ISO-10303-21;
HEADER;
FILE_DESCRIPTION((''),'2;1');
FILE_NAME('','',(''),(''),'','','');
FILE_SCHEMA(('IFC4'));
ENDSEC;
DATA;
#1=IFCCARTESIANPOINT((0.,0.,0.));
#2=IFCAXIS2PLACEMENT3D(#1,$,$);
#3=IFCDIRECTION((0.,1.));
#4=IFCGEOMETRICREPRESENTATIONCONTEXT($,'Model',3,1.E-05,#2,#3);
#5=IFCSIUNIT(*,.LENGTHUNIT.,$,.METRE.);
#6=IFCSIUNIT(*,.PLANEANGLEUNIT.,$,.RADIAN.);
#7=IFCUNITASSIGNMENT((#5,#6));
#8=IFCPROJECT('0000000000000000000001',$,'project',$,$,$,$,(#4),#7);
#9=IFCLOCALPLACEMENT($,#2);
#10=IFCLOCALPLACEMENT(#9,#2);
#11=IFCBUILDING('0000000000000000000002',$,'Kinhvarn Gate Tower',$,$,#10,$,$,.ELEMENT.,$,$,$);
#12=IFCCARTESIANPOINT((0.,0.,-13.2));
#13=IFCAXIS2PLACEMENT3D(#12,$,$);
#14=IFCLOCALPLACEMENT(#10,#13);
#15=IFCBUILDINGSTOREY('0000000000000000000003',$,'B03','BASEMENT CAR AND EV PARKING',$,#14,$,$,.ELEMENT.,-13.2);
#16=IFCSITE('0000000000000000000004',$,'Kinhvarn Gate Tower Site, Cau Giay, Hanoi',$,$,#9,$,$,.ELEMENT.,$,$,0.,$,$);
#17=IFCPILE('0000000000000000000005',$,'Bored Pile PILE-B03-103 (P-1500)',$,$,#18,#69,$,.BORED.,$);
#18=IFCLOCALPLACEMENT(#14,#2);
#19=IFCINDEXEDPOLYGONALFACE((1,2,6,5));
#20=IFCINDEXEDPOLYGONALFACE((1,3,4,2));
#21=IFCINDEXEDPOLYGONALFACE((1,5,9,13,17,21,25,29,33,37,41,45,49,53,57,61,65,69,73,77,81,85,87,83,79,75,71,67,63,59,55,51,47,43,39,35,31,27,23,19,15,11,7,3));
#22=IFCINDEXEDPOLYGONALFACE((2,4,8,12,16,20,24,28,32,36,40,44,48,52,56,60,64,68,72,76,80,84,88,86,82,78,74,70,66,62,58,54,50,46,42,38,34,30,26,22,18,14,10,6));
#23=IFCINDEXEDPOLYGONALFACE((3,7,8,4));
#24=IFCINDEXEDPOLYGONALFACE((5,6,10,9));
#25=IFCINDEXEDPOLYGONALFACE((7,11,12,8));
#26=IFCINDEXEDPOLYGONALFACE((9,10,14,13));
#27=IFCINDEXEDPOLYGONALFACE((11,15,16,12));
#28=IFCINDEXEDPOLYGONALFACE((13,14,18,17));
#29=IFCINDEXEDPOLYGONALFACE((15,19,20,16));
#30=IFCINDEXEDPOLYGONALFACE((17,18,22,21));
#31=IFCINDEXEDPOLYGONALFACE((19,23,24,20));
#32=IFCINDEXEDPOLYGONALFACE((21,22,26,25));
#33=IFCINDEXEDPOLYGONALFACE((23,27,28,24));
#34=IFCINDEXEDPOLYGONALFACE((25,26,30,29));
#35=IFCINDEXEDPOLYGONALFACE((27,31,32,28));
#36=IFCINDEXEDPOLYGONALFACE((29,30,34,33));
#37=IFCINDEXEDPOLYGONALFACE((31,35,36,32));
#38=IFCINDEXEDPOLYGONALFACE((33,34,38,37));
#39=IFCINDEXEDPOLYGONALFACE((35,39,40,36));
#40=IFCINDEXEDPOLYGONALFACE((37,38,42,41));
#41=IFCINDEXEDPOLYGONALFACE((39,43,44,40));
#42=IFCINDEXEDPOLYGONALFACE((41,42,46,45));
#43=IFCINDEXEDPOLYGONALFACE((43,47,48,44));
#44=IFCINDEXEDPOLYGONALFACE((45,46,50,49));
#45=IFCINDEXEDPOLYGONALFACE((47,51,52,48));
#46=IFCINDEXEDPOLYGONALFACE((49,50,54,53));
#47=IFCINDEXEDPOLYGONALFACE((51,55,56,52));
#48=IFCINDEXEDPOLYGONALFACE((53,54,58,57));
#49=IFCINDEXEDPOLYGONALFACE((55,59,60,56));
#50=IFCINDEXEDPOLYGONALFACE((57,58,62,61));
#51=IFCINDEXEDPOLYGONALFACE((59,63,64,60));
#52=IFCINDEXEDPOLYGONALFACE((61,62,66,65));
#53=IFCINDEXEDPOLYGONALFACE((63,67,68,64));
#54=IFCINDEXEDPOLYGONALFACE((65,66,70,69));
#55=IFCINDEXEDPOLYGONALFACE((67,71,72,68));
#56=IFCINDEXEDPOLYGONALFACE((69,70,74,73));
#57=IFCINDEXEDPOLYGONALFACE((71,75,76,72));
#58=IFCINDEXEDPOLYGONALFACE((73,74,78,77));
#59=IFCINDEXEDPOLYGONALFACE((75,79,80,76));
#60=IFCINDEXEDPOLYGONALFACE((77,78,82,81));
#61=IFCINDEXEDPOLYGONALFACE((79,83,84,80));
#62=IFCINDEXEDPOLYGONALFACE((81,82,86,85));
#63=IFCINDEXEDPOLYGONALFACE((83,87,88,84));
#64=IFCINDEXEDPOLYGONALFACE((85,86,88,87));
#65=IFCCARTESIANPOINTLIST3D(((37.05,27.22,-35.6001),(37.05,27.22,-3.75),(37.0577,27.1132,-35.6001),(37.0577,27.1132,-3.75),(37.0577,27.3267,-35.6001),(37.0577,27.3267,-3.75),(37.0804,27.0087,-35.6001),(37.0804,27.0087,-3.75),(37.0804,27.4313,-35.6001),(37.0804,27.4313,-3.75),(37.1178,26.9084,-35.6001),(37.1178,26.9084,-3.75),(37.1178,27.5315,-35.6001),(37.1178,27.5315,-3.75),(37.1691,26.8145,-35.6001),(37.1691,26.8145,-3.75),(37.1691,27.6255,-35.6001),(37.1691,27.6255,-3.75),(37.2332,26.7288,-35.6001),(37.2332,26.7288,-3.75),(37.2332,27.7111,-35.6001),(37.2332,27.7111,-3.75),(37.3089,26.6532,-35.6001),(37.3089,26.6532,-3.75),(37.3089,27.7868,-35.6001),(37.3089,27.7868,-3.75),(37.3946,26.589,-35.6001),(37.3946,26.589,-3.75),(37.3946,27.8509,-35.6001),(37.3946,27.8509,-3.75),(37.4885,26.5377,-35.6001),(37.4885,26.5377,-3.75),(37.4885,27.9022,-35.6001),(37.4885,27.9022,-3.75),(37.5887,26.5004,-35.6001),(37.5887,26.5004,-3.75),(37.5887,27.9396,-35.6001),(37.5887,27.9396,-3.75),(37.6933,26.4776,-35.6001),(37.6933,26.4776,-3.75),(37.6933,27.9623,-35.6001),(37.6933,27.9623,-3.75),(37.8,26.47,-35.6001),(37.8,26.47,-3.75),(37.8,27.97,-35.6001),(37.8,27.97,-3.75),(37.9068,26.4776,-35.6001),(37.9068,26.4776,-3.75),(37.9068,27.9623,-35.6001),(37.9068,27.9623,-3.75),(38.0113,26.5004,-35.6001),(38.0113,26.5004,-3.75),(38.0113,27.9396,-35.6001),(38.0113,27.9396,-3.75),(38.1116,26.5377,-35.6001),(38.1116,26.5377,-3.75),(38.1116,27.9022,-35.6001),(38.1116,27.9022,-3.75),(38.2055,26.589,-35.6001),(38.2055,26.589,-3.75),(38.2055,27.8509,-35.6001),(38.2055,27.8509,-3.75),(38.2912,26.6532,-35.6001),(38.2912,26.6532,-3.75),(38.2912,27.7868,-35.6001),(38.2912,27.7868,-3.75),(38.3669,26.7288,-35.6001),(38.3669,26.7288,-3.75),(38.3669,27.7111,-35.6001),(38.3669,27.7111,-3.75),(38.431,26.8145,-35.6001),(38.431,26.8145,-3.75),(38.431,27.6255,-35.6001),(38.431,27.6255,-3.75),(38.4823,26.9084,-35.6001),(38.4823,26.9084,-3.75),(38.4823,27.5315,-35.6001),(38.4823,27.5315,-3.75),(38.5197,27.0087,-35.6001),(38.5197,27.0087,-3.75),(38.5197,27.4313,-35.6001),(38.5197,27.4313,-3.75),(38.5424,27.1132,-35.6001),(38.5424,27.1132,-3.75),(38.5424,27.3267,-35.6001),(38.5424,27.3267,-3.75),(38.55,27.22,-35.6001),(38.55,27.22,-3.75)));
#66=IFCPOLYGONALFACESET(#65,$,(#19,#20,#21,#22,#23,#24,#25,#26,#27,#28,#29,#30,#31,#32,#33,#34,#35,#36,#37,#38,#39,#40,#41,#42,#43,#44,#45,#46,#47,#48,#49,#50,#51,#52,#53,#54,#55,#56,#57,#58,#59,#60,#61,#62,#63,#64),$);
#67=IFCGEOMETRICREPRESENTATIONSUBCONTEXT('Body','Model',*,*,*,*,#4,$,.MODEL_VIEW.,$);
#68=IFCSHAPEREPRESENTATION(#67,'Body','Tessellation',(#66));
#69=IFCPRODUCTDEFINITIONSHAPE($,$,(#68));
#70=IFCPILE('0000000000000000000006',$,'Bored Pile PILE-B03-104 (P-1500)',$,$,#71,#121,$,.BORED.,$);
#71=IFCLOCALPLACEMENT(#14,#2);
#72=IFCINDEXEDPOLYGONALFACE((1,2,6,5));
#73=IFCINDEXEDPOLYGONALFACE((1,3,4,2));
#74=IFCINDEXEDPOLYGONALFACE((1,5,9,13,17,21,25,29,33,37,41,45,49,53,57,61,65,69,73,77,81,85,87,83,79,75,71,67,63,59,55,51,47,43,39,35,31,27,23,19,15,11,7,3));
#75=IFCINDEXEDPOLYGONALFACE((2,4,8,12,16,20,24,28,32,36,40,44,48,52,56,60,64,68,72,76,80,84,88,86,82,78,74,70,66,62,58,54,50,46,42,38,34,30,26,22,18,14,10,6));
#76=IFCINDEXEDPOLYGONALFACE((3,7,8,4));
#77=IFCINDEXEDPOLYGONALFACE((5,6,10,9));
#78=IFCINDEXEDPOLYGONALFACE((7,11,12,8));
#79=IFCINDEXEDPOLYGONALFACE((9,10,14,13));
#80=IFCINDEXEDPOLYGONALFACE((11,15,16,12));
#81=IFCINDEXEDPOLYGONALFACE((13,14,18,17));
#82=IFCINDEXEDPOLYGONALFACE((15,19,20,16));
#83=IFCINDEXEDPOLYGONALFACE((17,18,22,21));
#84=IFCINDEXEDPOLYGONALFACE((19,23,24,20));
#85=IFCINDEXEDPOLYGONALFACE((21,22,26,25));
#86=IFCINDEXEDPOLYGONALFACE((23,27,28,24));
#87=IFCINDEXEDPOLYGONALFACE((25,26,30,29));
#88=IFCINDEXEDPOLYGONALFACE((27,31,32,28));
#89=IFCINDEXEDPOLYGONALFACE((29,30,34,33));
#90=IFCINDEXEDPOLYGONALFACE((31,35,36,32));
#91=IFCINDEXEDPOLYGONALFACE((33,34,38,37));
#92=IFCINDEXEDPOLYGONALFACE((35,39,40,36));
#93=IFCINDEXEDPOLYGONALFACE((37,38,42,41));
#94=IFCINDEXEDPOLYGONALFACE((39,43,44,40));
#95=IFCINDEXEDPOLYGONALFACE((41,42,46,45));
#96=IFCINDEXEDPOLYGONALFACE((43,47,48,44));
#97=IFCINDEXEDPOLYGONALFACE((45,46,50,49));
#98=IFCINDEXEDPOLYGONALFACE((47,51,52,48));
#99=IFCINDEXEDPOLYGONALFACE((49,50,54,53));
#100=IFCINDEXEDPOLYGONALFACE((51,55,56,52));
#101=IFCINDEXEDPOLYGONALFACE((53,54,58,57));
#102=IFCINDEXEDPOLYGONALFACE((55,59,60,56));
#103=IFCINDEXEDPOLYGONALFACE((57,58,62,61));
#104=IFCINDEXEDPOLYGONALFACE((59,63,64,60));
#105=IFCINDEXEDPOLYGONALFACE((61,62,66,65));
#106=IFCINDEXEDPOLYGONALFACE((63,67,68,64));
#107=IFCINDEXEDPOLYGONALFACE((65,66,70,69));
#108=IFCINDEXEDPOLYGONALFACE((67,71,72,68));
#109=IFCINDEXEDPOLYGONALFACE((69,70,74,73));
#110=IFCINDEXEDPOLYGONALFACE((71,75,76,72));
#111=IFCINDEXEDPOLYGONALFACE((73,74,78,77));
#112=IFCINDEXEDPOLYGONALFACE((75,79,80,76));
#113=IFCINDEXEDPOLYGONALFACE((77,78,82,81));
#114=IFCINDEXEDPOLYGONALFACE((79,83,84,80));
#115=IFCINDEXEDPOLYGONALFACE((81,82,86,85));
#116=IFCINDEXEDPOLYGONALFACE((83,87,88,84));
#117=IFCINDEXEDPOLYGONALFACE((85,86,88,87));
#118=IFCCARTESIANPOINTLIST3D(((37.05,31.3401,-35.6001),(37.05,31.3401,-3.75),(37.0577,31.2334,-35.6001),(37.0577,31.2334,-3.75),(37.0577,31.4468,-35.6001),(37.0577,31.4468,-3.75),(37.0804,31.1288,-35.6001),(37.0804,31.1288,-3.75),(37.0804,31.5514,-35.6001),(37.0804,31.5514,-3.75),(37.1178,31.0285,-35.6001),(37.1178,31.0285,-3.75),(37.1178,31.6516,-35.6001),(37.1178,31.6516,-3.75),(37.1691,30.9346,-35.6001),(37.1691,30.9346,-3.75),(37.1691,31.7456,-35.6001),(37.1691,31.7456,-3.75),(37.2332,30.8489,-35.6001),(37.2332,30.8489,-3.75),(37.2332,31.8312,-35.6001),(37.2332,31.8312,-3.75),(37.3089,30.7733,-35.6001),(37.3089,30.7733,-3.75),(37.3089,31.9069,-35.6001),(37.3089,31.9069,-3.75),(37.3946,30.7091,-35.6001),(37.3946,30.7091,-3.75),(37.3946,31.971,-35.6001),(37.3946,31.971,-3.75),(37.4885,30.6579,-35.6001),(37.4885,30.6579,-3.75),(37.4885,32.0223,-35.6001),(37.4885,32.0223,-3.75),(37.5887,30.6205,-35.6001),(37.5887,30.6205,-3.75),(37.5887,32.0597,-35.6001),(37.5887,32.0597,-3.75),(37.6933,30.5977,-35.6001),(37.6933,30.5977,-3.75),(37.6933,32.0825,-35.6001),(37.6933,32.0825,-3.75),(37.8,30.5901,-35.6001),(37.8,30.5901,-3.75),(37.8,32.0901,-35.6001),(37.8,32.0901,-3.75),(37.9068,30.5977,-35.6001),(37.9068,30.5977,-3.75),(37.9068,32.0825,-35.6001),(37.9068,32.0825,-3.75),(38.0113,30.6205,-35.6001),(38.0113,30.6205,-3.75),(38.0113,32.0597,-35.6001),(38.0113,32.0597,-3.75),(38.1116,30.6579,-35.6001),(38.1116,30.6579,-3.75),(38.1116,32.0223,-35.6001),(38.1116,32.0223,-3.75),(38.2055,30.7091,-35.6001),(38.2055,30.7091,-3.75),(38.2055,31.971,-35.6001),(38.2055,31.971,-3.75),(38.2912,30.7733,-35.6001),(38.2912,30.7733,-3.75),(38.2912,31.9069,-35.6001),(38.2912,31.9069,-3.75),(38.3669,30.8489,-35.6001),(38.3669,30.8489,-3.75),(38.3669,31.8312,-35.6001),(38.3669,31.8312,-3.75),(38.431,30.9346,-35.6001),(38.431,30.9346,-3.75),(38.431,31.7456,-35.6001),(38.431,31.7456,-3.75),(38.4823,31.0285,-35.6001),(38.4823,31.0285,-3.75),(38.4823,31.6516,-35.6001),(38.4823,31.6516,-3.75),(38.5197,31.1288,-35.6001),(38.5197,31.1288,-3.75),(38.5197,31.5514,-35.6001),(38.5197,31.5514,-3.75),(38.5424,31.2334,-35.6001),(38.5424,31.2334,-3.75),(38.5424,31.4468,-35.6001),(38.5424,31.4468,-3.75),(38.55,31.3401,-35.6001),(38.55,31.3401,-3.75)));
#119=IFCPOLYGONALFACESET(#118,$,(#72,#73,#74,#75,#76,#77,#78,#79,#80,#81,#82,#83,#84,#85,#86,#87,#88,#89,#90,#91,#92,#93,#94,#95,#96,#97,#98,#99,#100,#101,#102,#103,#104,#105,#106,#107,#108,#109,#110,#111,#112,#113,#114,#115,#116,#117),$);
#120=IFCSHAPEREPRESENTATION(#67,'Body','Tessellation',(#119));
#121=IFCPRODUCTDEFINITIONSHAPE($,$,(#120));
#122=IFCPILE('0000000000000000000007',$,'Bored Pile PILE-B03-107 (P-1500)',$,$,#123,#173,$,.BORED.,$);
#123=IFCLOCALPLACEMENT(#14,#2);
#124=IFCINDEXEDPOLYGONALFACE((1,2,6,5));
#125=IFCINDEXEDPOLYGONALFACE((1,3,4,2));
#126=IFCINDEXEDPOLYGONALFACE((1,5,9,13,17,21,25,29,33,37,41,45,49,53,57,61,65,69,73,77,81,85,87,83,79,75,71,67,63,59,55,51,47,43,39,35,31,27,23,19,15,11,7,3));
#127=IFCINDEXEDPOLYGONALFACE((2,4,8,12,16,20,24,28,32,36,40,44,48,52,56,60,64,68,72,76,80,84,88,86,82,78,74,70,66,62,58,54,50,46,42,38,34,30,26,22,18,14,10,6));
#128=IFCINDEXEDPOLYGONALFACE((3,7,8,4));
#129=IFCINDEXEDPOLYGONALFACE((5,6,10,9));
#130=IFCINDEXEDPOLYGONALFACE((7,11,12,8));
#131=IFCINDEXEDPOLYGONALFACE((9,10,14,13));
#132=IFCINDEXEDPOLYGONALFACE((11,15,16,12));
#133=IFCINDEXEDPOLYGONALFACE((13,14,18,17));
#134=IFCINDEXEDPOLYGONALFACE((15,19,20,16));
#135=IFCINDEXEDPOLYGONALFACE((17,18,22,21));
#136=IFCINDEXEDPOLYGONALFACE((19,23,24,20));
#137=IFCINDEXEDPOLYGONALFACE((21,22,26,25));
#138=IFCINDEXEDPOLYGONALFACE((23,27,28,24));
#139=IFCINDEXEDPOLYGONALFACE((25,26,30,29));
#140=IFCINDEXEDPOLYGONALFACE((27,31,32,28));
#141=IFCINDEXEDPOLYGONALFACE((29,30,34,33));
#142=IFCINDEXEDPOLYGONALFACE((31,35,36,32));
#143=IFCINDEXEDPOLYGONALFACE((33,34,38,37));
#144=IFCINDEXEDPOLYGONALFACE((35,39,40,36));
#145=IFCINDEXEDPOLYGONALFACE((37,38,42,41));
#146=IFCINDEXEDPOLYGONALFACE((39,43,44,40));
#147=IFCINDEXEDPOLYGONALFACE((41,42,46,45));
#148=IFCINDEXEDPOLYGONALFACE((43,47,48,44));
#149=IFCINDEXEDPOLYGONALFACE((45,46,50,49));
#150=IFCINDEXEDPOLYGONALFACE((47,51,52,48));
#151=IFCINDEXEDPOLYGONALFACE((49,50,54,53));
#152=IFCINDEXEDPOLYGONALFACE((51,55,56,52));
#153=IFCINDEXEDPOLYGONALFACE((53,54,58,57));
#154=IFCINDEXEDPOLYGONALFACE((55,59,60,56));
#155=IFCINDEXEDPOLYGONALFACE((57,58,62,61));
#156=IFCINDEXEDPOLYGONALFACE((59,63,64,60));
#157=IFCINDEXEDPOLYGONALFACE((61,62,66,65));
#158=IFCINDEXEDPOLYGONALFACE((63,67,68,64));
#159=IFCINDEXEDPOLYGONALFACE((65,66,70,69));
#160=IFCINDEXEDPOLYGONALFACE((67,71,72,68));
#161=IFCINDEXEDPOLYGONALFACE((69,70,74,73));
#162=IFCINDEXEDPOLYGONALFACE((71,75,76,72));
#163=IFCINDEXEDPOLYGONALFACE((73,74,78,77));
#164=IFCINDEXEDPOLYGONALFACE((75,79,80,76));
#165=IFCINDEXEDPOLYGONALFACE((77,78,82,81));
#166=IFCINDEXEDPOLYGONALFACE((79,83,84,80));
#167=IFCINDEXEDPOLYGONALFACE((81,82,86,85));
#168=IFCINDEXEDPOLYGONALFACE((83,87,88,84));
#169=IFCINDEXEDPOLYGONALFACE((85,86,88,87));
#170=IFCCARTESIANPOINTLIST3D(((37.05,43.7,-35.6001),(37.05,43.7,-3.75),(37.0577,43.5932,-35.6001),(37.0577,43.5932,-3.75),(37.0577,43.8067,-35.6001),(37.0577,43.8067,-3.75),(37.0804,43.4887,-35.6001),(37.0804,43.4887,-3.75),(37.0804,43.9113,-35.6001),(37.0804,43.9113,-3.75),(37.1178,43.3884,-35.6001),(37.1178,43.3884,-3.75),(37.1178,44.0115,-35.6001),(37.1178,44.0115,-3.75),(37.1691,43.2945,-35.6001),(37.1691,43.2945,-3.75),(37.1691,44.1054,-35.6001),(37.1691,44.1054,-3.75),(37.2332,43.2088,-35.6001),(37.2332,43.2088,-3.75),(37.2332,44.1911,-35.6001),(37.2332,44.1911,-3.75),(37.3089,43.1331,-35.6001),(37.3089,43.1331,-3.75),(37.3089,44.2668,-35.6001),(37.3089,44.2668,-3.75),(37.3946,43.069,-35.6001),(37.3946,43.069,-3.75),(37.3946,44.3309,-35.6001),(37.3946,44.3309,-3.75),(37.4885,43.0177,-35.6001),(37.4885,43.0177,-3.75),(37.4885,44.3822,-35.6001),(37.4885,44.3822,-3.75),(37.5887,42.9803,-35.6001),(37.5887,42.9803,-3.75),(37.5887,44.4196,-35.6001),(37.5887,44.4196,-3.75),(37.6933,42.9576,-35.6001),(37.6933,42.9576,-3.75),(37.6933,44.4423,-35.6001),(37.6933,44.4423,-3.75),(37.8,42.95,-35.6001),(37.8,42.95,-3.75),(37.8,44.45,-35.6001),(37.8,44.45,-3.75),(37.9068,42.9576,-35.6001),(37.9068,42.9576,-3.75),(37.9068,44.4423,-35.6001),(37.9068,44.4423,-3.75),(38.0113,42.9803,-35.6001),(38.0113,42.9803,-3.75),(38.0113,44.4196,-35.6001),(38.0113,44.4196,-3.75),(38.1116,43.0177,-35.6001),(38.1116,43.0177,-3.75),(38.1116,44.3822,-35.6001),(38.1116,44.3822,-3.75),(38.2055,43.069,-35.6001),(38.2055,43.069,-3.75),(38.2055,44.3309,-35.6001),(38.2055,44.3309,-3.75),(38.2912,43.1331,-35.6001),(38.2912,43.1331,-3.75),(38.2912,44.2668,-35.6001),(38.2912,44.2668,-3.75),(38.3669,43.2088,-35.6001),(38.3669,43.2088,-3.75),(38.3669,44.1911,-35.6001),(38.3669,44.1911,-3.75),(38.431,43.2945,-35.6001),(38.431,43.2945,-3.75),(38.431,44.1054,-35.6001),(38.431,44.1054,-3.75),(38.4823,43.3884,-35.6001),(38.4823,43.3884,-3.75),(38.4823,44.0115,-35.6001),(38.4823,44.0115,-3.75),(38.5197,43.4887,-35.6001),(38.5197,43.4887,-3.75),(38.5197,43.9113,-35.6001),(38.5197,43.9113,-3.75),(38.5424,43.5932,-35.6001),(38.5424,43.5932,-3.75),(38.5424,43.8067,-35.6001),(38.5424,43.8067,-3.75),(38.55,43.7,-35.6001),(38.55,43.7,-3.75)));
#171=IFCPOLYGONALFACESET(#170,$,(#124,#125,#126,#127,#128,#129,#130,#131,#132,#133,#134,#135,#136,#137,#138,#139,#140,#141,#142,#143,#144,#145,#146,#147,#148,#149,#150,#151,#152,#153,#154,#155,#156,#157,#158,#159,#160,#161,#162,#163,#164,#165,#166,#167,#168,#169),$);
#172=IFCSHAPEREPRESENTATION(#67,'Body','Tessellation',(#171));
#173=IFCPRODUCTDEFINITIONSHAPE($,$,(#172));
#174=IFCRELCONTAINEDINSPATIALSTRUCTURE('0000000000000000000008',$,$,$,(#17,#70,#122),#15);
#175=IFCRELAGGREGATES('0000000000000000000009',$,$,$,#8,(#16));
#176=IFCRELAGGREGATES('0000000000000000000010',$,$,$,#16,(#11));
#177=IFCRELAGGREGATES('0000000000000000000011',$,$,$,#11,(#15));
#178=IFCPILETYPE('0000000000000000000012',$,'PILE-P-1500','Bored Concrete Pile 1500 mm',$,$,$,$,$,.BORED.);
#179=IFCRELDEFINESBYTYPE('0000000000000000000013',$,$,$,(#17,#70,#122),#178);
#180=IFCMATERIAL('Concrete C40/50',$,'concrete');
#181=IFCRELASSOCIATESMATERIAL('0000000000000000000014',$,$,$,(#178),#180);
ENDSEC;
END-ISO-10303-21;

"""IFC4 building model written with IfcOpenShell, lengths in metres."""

from ifc_helpers import new_model, si_unit, direction, frame, origin, origin_2d, place, context, subcontext, project, spatial, circle, extrude, material, material_profile, profile_set, type_object, element, save


model = new_model("IFC4")

# Units and contexts
model_context = context("Model", 3, precision=1e-05, world=origin(), true_north=direction((0.0, 1.0)))
body_context = subcontext(model_context, "Body", "Model", "MODEL_VIEW")
ifc_project = project(units=[si_unit("LENGTHUNIT", "METRE"), si_unit("PLANEANGLEUNIT", "RADIAN")], contexts=[model_context])

# Site, building, storey
site_placement = place(None, origin())
site = spatial("IfcSite", under=ifc_project, at=site_placement, Name="Kinhvarn Gate Tower Site, Cau Giay, Hanoi", CompositionType="ELEMENT", RefElevation=0.0)
building_placement = place(site_placement, origin())
building = spatial("IfcBuilding", under=site, at=building_placement, Name="Kinhvarn Gate Tower", CompositionType="ELEMENT")
storey_placement = place(building_placement, frame((0.0, 0.0, -13.2)))
storey = spatial("IfcBuildingStorey", under=building, at=storey_placement, Name="B03", Description="BASEMENT CAR AND EV PARKING", CompositionType="ELEMENT", Elevation=-13.2)

# Piles
ifc_material = material(Name="Concrete C40/50", Category="concrete")
ifc_material_profile_1 = material_profile(ifc_material, circle(Radius=0.75, at=origin_2d()), Name="PILE D1500")
ifc_profile_set_1 = profile_set([ifc_material_profile_1], Name="Concrete C40/50")
pile_type_1 = type_object("IfcPileType", Name="PILE-P-1500", Description="Bored Concrete Pile 1500 mm", PredefinedType="BORED", material=ifc_profile_set_1)
for number, where, z_axis, x_axis, name in (
    (1, (37.8, 27.22, -35.6001), (0.0, 0.0, 1.0), (1.0, 0.0, 0.0), "Bored Pile PILE-B03-103 (P-1500)"),
    (2, (37.8, 31.3401, -35.6001), (0.0, 0.0, 1.0), (1.0, 0.0, 0.0), "Bored Pile PILE-B03-104 (P-1500)"),
    (3, (37.8, 43.7, -35.6001), (0.0, 0.0, 1.0), (1.0, 0.0, 0.0), "Bored Pile PILE-B03-107 (P-1500)"),
):
    element("IfcPile", number, at=place(storey_placement, frame(where, z_axis=z_axis, x_axis=x_axis)), inside=storey, type_object=pile_type_1, Name=name, PredefinedType="BORED", context=body_context, shape_type="SweptSolid", body=[
        extrude(circle(Radius=0.75, at=origin_2d()), origin(), (0.0, 0.0, 1.0), 31.8501),
    ])

save(model, "model.ifc")
